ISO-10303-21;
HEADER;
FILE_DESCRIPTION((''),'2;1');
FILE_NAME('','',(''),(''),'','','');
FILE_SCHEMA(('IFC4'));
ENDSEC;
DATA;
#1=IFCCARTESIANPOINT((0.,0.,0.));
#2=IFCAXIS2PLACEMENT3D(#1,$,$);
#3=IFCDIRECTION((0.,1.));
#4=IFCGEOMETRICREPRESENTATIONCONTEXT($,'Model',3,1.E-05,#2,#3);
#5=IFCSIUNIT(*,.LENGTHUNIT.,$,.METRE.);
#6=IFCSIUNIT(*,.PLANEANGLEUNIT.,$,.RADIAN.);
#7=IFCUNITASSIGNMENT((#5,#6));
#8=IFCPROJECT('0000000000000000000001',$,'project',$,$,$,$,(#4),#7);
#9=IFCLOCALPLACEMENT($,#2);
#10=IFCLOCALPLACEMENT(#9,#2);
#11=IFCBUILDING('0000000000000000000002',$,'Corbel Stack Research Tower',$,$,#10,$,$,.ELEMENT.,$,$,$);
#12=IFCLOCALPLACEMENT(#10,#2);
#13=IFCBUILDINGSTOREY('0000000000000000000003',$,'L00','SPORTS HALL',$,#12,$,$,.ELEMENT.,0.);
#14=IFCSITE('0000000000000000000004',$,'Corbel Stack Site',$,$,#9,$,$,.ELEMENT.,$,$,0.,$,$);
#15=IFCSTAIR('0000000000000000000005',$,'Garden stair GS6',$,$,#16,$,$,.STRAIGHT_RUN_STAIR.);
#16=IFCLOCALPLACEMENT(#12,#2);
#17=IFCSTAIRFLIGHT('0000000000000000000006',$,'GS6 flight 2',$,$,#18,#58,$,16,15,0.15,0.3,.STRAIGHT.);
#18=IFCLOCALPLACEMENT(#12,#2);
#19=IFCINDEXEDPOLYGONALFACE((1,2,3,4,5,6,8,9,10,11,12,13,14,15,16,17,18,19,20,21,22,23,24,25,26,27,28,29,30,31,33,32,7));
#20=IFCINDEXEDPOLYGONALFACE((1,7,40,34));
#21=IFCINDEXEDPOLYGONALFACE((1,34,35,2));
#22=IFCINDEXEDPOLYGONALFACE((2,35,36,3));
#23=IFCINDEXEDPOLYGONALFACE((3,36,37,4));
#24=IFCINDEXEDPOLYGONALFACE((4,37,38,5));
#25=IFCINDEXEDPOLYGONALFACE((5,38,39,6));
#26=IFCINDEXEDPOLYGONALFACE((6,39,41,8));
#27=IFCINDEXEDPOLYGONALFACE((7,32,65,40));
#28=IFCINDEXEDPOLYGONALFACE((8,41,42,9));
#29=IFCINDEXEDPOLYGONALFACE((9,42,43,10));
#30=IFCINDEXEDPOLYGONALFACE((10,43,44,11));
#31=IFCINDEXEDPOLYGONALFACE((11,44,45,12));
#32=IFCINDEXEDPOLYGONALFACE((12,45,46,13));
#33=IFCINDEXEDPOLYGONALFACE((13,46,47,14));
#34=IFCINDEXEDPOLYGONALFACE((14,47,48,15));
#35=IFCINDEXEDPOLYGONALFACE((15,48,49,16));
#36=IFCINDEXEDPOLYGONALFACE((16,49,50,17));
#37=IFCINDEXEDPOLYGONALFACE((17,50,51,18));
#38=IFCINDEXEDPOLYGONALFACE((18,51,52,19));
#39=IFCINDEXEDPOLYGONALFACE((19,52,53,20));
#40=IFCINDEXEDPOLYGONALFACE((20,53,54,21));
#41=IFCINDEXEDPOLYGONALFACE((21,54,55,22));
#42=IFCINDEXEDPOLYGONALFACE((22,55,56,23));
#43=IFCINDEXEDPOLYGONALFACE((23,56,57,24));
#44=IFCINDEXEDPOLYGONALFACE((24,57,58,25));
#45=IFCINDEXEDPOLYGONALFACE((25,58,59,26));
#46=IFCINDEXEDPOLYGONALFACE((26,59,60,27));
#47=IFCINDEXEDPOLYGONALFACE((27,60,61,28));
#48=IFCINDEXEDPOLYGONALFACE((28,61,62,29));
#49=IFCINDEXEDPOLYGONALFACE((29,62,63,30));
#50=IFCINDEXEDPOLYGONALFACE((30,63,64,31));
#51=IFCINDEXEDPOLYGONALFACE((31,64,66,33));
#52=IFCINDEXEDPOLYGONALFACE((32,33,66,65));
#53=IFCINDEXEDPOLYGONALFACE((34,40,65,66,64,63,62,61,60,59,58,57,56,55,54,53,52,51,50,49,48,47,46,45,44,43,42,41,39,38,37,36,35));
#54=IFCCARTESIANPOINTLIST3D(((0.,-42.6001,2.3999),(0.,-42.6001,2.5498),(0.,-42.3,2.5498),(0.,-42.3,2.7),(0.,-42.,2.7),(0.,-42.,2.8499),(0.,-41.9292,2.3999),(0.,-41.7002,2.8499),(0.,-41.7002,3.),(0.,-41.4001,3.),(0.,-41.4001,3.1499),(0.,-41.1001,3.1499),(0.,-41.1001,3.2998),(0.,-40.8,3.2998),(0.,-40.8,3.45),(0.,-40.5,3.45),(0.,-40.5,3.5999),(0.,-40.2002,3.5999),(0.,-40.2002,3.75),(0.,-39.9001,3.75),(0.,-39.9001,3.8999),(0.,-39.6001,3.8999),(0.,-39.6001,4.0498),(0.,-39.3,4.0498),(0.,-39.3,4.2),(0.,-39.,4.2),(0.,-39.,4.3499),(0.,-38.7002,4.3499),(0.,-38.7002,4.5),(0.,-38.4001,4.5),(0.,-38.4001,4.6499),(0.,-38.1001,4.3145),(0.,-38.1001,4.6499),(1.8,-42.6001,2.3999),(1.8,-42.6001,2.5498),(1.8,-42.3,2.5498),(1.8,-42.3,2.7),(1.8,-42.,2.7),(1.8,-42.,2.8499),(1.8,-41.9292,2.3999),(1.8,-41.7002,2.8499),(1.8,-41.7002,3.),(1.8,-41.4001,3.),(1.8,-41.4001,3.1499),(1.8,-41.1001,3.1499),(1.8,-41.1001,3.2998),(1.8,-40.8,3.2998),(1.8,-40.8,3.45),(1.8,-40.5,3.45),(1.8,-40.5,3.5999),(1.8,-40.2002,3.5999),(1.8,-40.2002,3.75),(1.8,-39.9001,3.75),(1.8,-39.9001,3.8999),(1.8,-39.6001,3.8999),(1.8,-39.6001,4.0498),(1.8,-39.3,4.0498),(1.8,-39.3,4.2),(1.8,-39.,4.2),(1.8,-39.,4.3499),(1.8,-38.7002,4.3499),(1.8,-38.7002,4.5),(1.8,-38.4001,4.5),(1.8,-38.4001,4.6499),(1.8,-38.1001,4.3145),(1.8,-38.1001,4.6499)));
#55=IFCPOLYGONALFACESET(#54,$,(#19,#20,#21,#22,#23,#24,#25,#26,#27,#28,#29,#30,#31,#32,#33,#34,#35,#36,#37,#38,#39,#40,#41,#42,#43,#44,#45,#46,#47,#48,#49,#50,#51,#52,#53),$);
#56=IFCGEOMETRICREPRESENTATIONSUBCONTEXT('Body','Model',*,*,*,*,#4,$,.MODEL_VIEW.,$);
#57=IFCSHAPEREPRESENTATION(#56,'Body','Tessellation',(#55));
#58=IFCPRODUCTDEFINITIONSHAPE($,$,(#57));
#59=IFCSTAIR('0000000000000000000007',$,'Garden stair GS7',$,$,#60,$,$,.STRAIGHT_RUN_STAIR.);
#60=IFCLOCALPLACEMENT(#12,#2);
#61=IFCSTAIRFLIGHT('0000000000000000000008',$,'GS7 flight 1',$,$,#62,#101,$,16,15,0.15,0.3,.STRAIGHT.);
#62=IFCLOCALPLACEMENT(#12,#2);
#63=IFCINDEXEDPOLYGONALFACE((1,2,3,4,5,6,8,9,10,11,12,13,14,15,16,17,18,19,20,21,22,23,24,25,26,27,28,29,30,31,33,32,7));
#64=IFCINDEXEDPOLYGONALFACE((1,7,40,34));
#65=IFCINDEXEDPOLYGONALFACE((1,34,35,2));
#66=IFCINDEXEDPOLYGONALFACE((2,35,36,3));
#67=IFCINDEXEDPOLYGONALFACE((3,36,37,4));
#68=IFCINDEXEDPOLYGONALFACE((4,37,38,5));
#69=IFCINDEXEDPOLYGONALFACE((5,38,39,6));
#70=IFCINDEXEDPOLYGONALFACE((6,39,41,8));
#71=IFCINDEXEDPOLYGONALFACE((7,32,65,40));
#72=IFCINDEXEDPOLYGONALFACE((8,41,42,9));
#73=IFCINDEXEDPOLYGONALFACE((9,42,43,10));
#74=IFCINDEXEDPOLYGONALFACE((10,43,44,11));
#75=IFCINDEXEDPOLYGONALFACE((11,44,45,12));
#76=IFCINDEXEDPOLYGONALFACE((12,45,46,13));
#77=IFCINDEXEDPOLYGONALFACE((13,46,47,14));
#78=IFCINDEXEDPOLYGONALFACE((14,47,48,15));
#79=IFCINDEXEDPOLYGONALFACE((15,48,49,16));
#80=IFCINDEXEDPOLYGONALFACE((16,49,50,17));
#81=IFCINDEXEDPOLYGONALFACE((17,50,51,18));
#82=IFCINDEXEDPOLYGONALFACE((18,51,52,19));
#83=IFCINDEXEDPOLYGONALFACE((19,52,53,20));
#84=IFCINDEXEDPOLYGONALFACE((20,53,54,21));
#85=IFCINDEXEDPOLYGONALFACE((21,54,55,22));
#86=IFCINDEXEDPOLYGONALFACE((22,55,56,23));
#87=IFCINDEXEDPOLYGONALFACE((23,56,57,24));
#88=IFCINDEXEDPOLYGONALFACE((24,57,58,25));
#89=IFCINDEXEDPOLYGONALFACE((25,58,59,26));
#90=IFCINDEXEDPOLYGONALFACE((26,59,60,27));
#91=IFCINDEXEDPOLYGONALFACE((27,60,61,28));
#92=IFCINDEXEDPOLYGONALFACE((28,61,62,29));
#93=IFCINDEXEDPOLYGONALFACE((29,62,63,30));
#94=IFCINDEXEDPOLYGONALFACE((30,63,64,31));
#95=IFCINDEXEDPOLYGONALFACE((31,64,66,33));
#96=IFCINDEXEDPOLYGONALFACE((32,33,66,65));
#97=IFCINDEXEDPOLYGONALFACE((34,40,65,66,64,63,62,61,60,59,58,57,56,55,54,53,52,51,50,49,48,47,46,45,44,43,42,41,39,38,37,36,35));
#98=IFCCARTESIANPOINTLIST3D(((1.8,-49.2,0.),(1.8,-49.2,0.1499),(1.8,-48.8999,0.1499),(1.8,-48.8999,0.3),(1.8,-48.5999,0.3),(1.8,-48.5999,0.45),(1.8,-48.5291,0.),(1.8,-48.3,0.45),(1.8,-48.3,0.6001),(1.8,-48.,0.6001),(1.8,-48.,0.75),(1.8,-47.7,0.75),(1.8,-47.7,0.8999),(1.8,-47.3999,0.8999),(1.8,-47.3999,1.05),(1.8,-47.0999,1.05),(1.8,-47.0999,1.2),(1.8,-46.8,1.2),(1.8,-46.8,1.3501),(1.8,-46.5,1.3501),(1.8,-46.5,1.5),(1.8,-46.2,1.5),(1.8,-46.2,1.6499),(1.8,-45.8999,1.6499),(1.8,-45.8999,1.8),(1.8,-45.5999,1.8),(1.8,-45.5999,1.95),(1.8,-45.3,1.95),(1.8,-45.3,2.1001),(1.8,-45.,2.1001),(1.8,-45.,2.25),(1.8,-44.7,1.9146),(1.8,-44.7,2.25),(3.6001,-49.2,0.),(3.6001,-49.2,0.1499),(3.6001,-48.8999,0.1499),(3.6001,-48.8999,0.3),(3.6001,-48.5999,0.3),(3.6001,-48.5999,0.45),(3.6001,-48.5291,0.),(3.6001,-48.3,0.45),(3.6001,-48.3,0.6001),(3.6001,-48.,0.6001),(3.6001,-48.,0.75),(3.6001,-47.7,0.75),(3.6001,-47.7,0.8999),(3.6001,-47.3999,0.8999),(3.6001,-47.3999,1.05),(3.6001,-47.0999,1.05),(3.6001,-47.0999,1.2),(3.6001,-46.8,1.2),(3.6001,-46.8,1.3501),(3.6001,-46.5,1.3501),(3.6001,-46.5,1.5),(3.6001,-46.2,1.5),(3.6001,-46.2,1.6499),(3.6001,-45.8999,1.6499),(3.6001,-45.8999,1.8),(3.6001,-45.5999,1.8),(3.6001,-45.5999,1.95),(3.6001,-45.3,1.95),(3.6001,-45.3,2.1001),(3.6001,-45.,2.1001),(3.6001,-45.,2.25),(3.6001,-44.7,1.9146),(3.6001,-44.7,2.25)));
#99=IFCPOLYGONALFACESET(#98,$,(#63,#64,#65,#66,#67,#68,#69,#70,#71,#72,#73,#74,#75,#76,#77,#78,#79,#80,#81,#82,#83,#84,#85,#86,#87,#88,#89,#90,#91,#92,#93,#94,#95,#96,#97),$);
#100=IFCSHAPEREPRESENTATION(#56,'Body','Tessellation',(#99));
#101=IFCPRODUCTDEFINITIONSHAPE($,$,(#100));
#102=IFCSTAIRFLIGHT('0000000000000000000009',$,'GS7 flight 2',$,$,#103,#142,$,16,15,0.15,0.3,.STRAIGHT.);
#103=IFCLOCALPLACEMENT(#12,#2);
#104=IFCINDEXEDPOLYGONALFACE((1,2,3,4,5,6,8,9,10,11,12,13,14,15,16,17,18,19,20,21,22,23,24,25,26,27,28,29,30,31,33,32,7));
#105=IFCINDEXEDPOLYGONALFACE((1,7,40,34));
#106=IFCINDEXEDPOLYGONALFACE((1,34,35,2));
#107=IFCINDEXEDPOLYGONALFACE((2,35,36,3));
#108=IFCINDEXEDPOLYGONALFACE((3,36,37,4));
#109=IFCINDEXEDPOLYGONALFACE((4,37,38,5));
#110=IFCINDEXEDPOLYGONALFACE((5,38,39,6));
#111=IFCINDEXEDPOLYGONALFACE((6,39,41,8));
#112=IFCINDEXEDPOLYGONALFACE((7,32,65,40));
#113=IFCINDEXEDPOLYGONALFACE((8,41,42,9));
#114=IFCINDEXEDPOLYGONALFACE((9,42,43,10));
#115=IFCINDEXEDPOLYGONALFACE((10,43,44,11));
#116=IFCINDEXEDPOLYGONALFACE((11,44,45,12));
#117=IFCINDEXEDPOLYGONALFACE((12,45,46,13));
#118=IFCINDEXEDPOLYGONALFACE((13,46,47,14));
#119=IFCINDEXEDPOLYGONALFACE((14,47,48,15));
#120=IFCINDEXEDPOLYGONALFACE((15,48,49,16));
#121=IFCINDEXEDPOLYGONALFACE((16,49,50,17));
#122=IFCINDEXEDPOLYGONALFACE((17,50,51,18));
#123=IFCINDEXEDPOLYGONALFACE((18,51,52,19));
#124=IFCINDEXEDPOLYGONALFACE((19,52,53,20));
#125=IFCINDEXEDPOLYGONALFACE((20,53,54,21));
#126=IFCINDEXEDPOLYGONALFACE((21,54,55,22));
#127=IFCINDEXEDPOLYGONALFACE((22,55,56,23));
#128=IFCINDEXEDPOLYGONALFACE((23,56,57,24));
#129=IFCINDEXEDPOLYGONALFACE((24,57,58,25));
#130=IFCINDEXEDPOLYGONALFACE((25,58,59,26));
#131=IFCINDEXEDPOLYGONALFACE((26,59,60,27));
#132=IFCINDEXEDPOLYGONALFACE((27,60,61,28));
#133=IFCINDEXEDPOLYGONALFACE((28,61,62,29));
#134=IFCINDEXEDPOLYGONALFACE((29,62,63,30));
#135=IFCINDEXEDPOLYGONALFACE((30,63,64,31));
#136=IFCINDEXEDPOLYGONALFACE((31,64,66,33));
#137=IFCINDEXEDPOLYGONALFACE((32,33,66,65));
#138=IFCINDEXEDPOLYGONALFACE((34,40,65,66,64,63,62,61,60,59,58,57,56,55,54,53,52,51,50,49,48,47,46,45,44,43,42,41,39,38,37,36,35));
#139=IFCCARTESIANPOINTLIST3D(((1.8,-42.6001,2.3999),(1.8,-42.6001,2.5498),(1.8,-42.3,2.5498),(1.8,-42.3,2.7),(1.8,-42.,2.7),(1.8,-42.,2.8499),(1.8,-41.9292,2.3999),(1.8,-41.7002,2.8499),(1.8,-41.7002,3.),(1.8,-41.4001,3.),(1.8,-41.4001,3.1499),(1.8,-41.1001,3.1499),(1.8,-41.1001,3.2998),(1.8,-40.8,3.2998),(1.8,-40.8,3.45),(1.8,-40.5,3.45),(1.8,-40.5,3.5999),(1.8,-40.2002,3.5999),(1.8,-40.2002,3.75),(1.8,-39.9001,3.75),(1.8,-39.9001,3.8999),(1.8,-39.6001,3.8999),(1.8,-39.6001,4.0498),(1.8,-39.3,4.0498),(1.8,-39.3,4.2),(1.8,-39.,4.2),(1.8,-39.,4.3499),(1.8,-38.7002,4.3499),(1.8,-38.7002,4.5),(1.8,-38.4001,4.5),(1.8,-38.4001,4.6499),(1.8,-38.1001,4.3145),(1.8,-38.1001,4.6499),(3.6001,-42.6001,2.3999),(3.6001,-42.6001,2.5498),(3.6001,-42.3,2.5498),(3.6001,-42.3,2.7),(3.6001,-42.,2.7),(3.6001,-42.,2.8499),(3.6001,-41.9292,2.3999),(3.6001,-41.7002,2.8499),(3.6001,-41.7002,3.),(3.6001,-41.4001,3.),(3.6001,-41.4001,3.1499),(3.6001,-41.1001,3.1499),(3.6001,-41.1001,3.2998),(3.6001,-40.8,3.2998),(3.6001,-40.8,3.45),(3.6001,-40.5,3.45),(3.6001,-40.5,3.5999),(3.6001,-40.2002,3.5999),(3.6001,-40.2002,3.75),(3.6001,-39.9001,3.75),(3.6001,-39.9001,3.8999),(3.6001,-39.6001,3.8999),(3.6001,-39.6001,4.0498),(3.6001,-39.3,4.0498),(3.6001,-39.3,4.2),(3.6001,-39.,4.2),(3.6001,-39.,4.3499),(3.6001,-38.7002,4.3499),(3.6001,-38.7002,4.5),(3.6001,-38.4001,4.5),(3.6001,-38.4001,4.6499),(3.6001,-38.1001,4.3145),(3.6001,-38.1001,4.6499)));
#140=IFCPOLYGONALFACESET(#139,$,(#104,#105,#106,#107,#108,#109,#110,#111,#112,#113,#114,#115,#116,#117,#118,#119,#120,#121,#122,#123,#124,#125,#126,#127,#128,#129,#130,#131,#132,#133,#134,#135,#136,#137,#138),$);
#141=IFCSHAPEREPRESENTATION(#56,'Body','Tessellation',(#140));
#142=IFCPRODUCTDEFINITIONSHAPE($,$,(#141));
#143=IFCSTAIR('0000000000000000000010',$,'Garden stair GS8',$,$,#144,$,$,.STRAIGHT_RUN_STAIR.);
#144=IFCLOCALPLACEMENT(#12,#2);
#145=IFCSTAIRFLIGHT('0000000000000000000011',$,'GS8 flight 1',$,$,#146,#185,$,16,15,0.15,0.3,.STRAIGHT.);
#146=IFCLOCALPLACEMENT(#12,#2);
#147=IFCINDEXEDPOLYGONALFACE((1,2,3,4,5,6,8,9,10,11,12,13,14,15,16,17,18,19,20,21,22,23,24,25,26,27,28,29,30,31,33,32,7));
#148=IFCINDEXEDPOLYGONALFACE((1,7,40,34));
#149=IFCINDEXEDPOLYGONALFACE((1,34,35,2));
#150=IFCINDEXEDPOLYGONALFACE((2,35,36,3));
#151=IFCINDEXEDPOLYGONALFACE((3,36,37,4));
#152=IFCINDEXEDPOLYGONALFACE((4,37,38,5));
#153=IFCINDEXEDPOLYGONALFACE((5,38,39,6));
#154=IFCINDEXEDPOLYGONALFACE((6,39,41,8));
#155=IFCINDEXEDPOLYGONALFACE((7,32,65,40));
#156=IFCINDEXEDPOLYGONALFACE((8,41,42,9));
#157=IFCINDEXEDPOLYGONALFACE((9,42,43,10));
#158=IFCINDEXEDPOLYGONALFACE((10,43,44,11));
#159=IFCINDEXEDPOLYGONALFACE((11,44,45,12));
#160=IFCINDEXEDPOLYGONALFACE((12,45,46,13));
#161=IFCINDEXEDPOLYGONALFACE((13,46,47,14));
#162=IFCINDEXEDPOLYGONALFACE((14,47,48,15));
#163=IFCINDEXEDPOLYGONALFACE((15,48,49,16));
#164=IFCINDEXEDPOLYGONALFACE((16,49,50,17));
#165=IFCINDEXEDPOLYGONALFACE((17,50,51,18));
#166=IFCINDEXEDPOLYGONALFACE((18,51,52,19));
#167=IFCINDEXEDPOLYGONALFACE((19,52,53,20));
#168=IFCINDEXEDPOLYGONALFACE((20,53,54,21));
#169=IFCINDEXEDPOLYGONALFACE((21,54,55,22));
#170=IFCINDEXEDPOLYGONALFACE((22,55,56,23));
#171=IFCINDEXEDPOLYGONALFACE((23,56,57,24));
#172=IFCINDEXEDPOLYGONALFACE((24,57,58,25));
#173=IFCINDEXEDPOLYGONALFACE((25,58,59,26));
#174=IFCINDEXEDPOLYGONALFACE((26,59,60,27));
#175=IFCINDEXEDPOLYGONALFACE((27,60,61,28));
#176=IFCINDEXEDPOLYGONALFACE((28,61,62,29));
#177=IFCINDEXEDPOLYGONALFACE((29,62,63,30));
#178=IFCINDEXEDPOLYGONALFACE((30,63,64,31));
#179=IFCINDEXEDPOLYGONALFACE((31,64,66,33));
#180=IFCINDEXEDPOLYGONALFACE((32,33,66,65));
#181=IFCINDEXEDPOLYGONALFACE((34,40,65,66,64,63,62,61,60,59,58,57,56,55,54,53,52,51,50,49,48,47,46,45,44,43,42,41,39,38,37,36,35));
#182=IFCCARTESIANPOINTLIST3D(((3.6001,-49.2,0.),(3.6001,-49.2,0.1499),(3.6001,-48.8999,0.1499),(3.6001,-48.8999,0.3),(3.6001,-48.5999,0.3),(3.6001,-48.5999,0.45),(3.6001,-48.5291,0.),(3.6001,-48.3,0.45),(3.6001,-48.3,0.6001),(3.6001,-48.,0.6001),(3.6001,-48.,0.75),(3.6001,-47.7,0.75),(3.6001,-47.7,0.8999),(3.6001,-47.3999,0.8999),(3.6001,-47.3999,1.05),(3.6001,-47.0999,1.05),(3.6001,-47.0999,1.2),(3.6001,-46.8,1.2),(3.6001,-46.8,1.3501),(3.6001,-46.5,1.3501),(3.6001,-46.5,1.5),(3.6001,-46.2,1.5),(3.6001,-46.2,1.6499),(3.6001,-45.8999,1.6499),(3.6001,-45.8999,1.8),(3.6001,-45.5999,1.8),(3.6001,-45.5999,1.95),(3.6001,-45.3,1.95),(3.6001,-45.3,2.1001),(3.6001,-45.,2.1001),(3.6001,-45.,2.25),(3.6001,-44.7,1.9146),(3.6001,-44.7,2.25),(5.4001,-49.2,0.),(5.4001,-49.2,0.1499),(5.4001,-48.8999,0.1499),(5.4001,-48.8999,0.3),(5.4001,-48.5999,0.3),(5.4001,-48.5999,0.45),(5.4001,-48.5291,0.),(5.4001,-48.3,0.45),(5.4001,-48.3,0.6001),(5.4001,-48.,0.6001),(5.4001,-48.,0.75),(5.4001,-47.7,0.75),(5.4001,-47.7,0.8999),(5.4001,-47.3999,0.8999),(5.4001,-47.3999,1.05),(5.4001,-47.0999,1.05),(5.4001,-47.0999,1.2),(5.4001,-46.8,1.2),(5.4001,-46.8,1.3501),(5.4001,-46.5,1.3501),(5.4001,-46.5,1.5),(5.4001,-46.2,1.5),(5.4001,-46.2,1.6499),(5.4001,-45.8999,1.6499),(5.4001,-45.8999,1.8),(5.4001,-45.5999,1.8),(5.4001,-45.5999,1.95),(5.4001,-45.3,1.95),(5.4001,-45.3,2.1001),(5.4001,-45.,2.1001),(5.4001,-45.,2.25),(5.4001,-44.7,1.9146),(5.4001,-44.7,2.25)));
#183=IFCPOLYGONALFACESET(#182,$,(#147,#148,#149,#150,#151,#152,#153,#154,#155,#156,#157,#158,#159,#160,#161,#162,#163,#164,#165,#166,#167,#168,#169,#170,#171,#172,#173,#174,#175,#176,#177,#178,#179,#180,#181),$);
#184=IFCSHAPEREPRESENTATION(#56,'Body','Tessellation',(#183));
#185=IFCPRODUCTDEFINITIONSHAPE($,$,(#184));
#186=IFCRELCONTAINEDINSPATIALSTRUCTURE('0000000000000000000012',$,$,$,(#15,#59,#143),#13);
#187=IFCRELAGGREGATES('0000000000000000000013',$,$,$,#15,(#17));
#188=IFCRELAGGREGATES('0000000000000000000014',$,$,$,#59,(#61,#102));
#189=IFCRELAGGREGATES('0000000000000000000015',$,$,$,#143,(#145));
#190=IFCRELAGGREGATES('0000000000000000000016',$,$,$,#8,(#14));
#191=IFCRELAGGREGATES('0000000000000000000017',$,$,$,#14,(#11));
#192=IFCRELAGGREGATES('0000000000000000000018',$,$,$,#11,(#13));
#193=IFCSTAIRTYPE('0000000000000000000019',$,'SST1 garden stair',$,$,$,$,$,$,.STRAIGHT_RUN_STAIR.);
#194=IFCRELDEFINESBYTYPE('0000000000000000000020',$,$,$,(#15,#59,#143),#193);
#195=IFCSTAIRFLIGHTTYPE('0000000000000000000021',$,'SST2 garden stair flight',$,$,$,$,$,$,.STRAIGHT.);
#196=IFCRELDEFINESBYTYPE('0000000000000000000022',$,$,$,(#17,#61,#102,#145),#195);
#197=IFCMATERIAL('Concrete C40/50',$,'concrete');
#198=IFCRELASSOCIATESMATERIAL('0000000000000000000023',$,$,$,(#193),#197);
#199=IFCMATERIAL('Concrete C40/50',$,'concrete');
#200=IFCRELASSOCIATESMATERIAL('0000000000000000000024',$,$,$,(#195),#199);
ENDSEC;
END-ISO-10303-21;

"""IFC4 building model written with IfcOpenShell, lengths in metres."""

from ifc_helpers import new_model, si_unit, direction, frame, origin, place, context, subcontext, project, spatial, polyline, outline, extrude, material, type_object, element, aggregate, save


model = new_model("IFC4")

# Units and contexts
model_context = context("Model", 3, precision=1e-05, world=origin(), true_north=direction((0.0, 1.0)))
body_context = subcontext(model_context, "Body", "Model", "MODEL_VIEW")
ifc_project = project(units=[si_unit("LENGTHUNIT", "METRE"), si_unit("PLANEANGLEUNIT", "RADIAN")], contexts=[model_context])

# Site, building, storey
site_placement = place(None, origin())
site = spatial("IfcSite", under=ifc_project, at=site_placement, Name="Corbel Stack Site", CompositionType="ELEMENT", RefElevation=0.0)
building_placement = place(site_placement, origin())
building = spatial("IfcBuilding", under=site, at=building_placement, Name="Corbel Stack Research Tower", CompositionType="ELEMENT")
storey_placement = place(building_placement, origin())
storey = spatial("IfcBuildingStorey", under=building, at=storey_placement, Name="L00", Description="SPORTS HALL", CompositionType="ELEMENT", Elevation=0.0)

# Stairs, stair flights
ifc_material_1 = material(Name="Concrete C40/50", Category="concrete")
stair_type = type_object("IfcStairType", Name="SST1 garden stair", PredefinedType="STRAIGHT_RUN_STAIR", material=ifc_material_1)
ifc_material_2 = material(Name="Concrete C40/50", Category="concrete")
stair_flight_type = type_object("IfcStairFlightType", Name="SST2 garden stair flight", PredefinedType="STRAIGHT", material=ifc_material_2)
stair_1_placement = place(storey_placement, origin())
stair_1 = element("IfcStair", 1, at=stair_1_placement, inside=storey, type_object=stair_type, Name="Garden stair GS6", PredefinedType="STRAIGHT_RUN_STAIR")
stair_flight_1_placement = place(storey_placement, frame((0.8999, -42.6001, 2.3999), z_axis=(0.0, 0.0, 1.0), x_axis=(0.0, 1.0, 0.0)))
stair_flight_1 = element("IfcStairFlight", 2, at=stair_flight_1_placement, type_object=stair_flight_type, Name="GS6 flight 2", NumberOfRisers=16, NumberOfTreads=15, PredefinedType="STRAIGHT", RiserHeight=0.15, TreadLength=0.3, context=body_context, shape_type="SweptSolid", body=[
    extrude(outline(polyline([(0.0, 0.0), (0.0, 0.1499), (0.3, 0.1499), (0.3, 0.3), (0.6001, 0.3), (0.6001, 0.45), (0.8999, 0.45), (0.8999, 0.6001), (1.2, 0.6001), (1.2, 0.75), (1.5, 0.75), (1.5, 0.8999), (1.8, 0.8999), (1.8, 1.05), (2.1001, 1.05), (2.1001, 1.2), (2.3999, 1.2), (2.3999, 1.3501), (2.7, 1.3501), (2.7, 1.5), (3.0, 1.5), (3.0, 1.6499), (3.3, 1.6499), (3.3, 1.8), (3.6001, 1.8), (3.6001, 1.95), (3.8999, 1.95), (3.8999, 2.1001), (4.2, 2.1001), (4.2, 2.25), (4.5, 2.25), (4.5, 2.3999), (4.5, 1.9146), (0.6709, 0.0), (0.0, 0.0)])), frame((0.0, 0.8999, 0.0), z_axis=(0.0, -1.0, 0.0), x_axis=(1.0, 0.0, 0.0)), (0.0, 0.0, 1.0), 1.8),
])
aggregate(stair_1, [stair_flight_1])
stair_2_placement = place(storey_placement, origin())
stair_2 = element("IfcStair", 3, at=stair_2_placement, inside=storey, type_object=stair_type, Name="Garden stair GS7", PredefinedType="STRAIGHT_RUN_STAIR")
stair_flight_2_placement = place(storey_placement, frame((2.7, -49.2, 0.0), z_axis=(0.0, 0.0, 1.0), x_axis=(0.0, 1.0, 0.0)))
stair_flight_2 = element("IfcStairFlight", 4, at=stair_flight_2_placement, type_object=stair_flight_type, Name="GS7 flight 1", NumberOfRisers=16, NumberOfTreads=15, PredefinedType="STRAIGHT", RiserHeight=0.15, TreadLength=0.3, context=body_context, shape_type="SweptSolid", body=[
    extrude(outline(polyline([(0.0, 0.0), (0.0, 0.1499), (0.3, 0.1499), (0.3, 0.3), (0.6001, 0.3), (0.6001, 0.45), (0.8999, 0.45), (0.8999, 0.6001), (1.2, 0.6001), (1.2, 0.75), (1.5, 0.75), (1.5, 0.8999), (1.8, 0.8999), (1.8, 1.05), (2.1001, 1.05), (2.1001, 1.2), (2.3999, 1.2), (2.3999, 1.3501), (2.7, 1.3501), (2.7, 1.5), (3.0, 1.5), (3.0, 1.6499), (3.3, 1.6499), (3.3, 1.8), (3.6001, 1.8), (3.6001, 1.95), (3.8999, 1.95), (3.8999, 2.1001), (4.2, 2.1001), (4.2, 2.25), (4.5, 2.25), (4.5, 2.3999), (4.5, 1.9146), (0.6709, 0.0), (0.0, 0.0)])), frame((0.0, 0.8999, 0.0), z_axis=(0.0, -1.0, 0.0), x_axis=(1.0, 0.0, 0.0)), (0.0, 0.0, 1.0), 1.8),
])
stair_flight_3_placement = place(storey_placement, frame((2.7, -42.6001, 2.3999), z_axis=(0.0, 0.0, 1.0), x_axis=(0.0, 1.0, 0.0)))
stair_flight_3 = element("IfcStairFlight", 5, at=stair_flight_3_placement, type_object=stair_flight_type, Name="GS7 flight 2", NumberOfRisers=16, NumberOfTreads=15, PredefinedType="STRAIGHT", RiserHeight=0.15, TreadLength=0.3, context=body_context, shape_type="SweptSolid", body=[
    extrude(outline(polyline([(0.0, 0.0), (0.0, 0.1499), (0.3, 0.1499), (0.3, 0.3), (0.6001, 0.3), (0.6001, 0.45), (0.8999, 0.45), (0.8999, 0.6001), (1.2, 0.6001), (1.2, 0.75), (1.5, 0.75), (1.5, 0.8999), (1.8, 0.8999), (1.8, 1.05), (2.1001, 1.05), (2.1001, 1.2), (2.3999, 1.2), (2.3999, 1.3501), (2.7, 1.3501), (2.7, 1.5), (3.0, 1.5), (3.0, 1.6499), (3.3, 1.6499), (3.3, 1.8), (3.6001, 1.8), (3.6001, 1.95), (3.8999, 1.95), (3.8999, 2.1001), (4.2, 2.1001), (4.2, 2.25), (4.5, 2.25), (4.5, 2.3999), (4.5, 1.9146), (0.6709, 0.0), (0.0, 0.0)])), frame((0.0, 0.8999, 0.0), z_axis=(0.0, -1.0, 0.0), x_axis=(1.0, 0.0, 0.0)), (0.0, 0.0, 1.0), 1.8),
])
aggregate(stair_2, [stair_flight_2, stair_flight_3])

# Stair, stair flight
stair_3_placement = place(storey_placement, origin())
stair_3 = element("IfcStair", 6, at=stair_3_placement, inside=storey, type_object=stair_type, Name="Garden stair GS8", PredefinedType="STRAIGHT_RUN_STAIR")
stair_flight_4_placement = place(storey_placement, frame((4.5, -49.2, 0.0), z_axis=(0.0, 0.0, 1.0), x_axis=(0.0, 1.0, 0.0)))
stair_flight_4 = element("IfcStairFlight", 7, at=stair_flight_4_placement, type_object=stair_flight_type, Name="GS8 flight 1", NumberOfRisers=16, NumberOfTreads=15, PredefinedType="STRAIGHT", RiserHeight=0.15, TreadLength=0.3, context=body_context, shape_type="SweptSolid", body=[
    extrude(outline(polyline([(0.0, 0.0), (0.0, 0.1499), (0.3, 0.1499), (0.3, 0.3), (0.6001, 0.3), (0.6001, 0.45), (0.8999, 0.45), (0.8999, 0.6001), (1.2, 0.6001), (1.2, 0.75), (1.5, 0.75), (1.5, 0.8999), (1.8, 0.8999), (1.8, 1.05), (2.1001, 1.05), (2.1001, 1.2), (2.3999, 1.2), (2.3999, 1.3501), (2.7, 1.3501), (2.7, 1.5), (3.0, 1.5), (3.0, 1.6499), (3.3, 1.6499), (3.3, 1.8), (3.6001, 1.8), (3.6001, 1.95), (3.8999, 1.95), (3.8999, 2.1001), (4.2, 2.1001), (4.2, 2.25), (4.5, 2.25), (4.5, 2.3999), (4.5, 1.9146), (0.6709, 0.0), (0.0, 0.0)])), frame((0.0, 0.8999, 0.0), z_axis=(0.0, -1.0, 0.0), x_axis=(1.0, 0.0, 0.0)), (0.0, 0.0, 1.0), 1.8),
])
aggregate(stair_3, [stair_flight_4])

save(model, "model.ifc")
